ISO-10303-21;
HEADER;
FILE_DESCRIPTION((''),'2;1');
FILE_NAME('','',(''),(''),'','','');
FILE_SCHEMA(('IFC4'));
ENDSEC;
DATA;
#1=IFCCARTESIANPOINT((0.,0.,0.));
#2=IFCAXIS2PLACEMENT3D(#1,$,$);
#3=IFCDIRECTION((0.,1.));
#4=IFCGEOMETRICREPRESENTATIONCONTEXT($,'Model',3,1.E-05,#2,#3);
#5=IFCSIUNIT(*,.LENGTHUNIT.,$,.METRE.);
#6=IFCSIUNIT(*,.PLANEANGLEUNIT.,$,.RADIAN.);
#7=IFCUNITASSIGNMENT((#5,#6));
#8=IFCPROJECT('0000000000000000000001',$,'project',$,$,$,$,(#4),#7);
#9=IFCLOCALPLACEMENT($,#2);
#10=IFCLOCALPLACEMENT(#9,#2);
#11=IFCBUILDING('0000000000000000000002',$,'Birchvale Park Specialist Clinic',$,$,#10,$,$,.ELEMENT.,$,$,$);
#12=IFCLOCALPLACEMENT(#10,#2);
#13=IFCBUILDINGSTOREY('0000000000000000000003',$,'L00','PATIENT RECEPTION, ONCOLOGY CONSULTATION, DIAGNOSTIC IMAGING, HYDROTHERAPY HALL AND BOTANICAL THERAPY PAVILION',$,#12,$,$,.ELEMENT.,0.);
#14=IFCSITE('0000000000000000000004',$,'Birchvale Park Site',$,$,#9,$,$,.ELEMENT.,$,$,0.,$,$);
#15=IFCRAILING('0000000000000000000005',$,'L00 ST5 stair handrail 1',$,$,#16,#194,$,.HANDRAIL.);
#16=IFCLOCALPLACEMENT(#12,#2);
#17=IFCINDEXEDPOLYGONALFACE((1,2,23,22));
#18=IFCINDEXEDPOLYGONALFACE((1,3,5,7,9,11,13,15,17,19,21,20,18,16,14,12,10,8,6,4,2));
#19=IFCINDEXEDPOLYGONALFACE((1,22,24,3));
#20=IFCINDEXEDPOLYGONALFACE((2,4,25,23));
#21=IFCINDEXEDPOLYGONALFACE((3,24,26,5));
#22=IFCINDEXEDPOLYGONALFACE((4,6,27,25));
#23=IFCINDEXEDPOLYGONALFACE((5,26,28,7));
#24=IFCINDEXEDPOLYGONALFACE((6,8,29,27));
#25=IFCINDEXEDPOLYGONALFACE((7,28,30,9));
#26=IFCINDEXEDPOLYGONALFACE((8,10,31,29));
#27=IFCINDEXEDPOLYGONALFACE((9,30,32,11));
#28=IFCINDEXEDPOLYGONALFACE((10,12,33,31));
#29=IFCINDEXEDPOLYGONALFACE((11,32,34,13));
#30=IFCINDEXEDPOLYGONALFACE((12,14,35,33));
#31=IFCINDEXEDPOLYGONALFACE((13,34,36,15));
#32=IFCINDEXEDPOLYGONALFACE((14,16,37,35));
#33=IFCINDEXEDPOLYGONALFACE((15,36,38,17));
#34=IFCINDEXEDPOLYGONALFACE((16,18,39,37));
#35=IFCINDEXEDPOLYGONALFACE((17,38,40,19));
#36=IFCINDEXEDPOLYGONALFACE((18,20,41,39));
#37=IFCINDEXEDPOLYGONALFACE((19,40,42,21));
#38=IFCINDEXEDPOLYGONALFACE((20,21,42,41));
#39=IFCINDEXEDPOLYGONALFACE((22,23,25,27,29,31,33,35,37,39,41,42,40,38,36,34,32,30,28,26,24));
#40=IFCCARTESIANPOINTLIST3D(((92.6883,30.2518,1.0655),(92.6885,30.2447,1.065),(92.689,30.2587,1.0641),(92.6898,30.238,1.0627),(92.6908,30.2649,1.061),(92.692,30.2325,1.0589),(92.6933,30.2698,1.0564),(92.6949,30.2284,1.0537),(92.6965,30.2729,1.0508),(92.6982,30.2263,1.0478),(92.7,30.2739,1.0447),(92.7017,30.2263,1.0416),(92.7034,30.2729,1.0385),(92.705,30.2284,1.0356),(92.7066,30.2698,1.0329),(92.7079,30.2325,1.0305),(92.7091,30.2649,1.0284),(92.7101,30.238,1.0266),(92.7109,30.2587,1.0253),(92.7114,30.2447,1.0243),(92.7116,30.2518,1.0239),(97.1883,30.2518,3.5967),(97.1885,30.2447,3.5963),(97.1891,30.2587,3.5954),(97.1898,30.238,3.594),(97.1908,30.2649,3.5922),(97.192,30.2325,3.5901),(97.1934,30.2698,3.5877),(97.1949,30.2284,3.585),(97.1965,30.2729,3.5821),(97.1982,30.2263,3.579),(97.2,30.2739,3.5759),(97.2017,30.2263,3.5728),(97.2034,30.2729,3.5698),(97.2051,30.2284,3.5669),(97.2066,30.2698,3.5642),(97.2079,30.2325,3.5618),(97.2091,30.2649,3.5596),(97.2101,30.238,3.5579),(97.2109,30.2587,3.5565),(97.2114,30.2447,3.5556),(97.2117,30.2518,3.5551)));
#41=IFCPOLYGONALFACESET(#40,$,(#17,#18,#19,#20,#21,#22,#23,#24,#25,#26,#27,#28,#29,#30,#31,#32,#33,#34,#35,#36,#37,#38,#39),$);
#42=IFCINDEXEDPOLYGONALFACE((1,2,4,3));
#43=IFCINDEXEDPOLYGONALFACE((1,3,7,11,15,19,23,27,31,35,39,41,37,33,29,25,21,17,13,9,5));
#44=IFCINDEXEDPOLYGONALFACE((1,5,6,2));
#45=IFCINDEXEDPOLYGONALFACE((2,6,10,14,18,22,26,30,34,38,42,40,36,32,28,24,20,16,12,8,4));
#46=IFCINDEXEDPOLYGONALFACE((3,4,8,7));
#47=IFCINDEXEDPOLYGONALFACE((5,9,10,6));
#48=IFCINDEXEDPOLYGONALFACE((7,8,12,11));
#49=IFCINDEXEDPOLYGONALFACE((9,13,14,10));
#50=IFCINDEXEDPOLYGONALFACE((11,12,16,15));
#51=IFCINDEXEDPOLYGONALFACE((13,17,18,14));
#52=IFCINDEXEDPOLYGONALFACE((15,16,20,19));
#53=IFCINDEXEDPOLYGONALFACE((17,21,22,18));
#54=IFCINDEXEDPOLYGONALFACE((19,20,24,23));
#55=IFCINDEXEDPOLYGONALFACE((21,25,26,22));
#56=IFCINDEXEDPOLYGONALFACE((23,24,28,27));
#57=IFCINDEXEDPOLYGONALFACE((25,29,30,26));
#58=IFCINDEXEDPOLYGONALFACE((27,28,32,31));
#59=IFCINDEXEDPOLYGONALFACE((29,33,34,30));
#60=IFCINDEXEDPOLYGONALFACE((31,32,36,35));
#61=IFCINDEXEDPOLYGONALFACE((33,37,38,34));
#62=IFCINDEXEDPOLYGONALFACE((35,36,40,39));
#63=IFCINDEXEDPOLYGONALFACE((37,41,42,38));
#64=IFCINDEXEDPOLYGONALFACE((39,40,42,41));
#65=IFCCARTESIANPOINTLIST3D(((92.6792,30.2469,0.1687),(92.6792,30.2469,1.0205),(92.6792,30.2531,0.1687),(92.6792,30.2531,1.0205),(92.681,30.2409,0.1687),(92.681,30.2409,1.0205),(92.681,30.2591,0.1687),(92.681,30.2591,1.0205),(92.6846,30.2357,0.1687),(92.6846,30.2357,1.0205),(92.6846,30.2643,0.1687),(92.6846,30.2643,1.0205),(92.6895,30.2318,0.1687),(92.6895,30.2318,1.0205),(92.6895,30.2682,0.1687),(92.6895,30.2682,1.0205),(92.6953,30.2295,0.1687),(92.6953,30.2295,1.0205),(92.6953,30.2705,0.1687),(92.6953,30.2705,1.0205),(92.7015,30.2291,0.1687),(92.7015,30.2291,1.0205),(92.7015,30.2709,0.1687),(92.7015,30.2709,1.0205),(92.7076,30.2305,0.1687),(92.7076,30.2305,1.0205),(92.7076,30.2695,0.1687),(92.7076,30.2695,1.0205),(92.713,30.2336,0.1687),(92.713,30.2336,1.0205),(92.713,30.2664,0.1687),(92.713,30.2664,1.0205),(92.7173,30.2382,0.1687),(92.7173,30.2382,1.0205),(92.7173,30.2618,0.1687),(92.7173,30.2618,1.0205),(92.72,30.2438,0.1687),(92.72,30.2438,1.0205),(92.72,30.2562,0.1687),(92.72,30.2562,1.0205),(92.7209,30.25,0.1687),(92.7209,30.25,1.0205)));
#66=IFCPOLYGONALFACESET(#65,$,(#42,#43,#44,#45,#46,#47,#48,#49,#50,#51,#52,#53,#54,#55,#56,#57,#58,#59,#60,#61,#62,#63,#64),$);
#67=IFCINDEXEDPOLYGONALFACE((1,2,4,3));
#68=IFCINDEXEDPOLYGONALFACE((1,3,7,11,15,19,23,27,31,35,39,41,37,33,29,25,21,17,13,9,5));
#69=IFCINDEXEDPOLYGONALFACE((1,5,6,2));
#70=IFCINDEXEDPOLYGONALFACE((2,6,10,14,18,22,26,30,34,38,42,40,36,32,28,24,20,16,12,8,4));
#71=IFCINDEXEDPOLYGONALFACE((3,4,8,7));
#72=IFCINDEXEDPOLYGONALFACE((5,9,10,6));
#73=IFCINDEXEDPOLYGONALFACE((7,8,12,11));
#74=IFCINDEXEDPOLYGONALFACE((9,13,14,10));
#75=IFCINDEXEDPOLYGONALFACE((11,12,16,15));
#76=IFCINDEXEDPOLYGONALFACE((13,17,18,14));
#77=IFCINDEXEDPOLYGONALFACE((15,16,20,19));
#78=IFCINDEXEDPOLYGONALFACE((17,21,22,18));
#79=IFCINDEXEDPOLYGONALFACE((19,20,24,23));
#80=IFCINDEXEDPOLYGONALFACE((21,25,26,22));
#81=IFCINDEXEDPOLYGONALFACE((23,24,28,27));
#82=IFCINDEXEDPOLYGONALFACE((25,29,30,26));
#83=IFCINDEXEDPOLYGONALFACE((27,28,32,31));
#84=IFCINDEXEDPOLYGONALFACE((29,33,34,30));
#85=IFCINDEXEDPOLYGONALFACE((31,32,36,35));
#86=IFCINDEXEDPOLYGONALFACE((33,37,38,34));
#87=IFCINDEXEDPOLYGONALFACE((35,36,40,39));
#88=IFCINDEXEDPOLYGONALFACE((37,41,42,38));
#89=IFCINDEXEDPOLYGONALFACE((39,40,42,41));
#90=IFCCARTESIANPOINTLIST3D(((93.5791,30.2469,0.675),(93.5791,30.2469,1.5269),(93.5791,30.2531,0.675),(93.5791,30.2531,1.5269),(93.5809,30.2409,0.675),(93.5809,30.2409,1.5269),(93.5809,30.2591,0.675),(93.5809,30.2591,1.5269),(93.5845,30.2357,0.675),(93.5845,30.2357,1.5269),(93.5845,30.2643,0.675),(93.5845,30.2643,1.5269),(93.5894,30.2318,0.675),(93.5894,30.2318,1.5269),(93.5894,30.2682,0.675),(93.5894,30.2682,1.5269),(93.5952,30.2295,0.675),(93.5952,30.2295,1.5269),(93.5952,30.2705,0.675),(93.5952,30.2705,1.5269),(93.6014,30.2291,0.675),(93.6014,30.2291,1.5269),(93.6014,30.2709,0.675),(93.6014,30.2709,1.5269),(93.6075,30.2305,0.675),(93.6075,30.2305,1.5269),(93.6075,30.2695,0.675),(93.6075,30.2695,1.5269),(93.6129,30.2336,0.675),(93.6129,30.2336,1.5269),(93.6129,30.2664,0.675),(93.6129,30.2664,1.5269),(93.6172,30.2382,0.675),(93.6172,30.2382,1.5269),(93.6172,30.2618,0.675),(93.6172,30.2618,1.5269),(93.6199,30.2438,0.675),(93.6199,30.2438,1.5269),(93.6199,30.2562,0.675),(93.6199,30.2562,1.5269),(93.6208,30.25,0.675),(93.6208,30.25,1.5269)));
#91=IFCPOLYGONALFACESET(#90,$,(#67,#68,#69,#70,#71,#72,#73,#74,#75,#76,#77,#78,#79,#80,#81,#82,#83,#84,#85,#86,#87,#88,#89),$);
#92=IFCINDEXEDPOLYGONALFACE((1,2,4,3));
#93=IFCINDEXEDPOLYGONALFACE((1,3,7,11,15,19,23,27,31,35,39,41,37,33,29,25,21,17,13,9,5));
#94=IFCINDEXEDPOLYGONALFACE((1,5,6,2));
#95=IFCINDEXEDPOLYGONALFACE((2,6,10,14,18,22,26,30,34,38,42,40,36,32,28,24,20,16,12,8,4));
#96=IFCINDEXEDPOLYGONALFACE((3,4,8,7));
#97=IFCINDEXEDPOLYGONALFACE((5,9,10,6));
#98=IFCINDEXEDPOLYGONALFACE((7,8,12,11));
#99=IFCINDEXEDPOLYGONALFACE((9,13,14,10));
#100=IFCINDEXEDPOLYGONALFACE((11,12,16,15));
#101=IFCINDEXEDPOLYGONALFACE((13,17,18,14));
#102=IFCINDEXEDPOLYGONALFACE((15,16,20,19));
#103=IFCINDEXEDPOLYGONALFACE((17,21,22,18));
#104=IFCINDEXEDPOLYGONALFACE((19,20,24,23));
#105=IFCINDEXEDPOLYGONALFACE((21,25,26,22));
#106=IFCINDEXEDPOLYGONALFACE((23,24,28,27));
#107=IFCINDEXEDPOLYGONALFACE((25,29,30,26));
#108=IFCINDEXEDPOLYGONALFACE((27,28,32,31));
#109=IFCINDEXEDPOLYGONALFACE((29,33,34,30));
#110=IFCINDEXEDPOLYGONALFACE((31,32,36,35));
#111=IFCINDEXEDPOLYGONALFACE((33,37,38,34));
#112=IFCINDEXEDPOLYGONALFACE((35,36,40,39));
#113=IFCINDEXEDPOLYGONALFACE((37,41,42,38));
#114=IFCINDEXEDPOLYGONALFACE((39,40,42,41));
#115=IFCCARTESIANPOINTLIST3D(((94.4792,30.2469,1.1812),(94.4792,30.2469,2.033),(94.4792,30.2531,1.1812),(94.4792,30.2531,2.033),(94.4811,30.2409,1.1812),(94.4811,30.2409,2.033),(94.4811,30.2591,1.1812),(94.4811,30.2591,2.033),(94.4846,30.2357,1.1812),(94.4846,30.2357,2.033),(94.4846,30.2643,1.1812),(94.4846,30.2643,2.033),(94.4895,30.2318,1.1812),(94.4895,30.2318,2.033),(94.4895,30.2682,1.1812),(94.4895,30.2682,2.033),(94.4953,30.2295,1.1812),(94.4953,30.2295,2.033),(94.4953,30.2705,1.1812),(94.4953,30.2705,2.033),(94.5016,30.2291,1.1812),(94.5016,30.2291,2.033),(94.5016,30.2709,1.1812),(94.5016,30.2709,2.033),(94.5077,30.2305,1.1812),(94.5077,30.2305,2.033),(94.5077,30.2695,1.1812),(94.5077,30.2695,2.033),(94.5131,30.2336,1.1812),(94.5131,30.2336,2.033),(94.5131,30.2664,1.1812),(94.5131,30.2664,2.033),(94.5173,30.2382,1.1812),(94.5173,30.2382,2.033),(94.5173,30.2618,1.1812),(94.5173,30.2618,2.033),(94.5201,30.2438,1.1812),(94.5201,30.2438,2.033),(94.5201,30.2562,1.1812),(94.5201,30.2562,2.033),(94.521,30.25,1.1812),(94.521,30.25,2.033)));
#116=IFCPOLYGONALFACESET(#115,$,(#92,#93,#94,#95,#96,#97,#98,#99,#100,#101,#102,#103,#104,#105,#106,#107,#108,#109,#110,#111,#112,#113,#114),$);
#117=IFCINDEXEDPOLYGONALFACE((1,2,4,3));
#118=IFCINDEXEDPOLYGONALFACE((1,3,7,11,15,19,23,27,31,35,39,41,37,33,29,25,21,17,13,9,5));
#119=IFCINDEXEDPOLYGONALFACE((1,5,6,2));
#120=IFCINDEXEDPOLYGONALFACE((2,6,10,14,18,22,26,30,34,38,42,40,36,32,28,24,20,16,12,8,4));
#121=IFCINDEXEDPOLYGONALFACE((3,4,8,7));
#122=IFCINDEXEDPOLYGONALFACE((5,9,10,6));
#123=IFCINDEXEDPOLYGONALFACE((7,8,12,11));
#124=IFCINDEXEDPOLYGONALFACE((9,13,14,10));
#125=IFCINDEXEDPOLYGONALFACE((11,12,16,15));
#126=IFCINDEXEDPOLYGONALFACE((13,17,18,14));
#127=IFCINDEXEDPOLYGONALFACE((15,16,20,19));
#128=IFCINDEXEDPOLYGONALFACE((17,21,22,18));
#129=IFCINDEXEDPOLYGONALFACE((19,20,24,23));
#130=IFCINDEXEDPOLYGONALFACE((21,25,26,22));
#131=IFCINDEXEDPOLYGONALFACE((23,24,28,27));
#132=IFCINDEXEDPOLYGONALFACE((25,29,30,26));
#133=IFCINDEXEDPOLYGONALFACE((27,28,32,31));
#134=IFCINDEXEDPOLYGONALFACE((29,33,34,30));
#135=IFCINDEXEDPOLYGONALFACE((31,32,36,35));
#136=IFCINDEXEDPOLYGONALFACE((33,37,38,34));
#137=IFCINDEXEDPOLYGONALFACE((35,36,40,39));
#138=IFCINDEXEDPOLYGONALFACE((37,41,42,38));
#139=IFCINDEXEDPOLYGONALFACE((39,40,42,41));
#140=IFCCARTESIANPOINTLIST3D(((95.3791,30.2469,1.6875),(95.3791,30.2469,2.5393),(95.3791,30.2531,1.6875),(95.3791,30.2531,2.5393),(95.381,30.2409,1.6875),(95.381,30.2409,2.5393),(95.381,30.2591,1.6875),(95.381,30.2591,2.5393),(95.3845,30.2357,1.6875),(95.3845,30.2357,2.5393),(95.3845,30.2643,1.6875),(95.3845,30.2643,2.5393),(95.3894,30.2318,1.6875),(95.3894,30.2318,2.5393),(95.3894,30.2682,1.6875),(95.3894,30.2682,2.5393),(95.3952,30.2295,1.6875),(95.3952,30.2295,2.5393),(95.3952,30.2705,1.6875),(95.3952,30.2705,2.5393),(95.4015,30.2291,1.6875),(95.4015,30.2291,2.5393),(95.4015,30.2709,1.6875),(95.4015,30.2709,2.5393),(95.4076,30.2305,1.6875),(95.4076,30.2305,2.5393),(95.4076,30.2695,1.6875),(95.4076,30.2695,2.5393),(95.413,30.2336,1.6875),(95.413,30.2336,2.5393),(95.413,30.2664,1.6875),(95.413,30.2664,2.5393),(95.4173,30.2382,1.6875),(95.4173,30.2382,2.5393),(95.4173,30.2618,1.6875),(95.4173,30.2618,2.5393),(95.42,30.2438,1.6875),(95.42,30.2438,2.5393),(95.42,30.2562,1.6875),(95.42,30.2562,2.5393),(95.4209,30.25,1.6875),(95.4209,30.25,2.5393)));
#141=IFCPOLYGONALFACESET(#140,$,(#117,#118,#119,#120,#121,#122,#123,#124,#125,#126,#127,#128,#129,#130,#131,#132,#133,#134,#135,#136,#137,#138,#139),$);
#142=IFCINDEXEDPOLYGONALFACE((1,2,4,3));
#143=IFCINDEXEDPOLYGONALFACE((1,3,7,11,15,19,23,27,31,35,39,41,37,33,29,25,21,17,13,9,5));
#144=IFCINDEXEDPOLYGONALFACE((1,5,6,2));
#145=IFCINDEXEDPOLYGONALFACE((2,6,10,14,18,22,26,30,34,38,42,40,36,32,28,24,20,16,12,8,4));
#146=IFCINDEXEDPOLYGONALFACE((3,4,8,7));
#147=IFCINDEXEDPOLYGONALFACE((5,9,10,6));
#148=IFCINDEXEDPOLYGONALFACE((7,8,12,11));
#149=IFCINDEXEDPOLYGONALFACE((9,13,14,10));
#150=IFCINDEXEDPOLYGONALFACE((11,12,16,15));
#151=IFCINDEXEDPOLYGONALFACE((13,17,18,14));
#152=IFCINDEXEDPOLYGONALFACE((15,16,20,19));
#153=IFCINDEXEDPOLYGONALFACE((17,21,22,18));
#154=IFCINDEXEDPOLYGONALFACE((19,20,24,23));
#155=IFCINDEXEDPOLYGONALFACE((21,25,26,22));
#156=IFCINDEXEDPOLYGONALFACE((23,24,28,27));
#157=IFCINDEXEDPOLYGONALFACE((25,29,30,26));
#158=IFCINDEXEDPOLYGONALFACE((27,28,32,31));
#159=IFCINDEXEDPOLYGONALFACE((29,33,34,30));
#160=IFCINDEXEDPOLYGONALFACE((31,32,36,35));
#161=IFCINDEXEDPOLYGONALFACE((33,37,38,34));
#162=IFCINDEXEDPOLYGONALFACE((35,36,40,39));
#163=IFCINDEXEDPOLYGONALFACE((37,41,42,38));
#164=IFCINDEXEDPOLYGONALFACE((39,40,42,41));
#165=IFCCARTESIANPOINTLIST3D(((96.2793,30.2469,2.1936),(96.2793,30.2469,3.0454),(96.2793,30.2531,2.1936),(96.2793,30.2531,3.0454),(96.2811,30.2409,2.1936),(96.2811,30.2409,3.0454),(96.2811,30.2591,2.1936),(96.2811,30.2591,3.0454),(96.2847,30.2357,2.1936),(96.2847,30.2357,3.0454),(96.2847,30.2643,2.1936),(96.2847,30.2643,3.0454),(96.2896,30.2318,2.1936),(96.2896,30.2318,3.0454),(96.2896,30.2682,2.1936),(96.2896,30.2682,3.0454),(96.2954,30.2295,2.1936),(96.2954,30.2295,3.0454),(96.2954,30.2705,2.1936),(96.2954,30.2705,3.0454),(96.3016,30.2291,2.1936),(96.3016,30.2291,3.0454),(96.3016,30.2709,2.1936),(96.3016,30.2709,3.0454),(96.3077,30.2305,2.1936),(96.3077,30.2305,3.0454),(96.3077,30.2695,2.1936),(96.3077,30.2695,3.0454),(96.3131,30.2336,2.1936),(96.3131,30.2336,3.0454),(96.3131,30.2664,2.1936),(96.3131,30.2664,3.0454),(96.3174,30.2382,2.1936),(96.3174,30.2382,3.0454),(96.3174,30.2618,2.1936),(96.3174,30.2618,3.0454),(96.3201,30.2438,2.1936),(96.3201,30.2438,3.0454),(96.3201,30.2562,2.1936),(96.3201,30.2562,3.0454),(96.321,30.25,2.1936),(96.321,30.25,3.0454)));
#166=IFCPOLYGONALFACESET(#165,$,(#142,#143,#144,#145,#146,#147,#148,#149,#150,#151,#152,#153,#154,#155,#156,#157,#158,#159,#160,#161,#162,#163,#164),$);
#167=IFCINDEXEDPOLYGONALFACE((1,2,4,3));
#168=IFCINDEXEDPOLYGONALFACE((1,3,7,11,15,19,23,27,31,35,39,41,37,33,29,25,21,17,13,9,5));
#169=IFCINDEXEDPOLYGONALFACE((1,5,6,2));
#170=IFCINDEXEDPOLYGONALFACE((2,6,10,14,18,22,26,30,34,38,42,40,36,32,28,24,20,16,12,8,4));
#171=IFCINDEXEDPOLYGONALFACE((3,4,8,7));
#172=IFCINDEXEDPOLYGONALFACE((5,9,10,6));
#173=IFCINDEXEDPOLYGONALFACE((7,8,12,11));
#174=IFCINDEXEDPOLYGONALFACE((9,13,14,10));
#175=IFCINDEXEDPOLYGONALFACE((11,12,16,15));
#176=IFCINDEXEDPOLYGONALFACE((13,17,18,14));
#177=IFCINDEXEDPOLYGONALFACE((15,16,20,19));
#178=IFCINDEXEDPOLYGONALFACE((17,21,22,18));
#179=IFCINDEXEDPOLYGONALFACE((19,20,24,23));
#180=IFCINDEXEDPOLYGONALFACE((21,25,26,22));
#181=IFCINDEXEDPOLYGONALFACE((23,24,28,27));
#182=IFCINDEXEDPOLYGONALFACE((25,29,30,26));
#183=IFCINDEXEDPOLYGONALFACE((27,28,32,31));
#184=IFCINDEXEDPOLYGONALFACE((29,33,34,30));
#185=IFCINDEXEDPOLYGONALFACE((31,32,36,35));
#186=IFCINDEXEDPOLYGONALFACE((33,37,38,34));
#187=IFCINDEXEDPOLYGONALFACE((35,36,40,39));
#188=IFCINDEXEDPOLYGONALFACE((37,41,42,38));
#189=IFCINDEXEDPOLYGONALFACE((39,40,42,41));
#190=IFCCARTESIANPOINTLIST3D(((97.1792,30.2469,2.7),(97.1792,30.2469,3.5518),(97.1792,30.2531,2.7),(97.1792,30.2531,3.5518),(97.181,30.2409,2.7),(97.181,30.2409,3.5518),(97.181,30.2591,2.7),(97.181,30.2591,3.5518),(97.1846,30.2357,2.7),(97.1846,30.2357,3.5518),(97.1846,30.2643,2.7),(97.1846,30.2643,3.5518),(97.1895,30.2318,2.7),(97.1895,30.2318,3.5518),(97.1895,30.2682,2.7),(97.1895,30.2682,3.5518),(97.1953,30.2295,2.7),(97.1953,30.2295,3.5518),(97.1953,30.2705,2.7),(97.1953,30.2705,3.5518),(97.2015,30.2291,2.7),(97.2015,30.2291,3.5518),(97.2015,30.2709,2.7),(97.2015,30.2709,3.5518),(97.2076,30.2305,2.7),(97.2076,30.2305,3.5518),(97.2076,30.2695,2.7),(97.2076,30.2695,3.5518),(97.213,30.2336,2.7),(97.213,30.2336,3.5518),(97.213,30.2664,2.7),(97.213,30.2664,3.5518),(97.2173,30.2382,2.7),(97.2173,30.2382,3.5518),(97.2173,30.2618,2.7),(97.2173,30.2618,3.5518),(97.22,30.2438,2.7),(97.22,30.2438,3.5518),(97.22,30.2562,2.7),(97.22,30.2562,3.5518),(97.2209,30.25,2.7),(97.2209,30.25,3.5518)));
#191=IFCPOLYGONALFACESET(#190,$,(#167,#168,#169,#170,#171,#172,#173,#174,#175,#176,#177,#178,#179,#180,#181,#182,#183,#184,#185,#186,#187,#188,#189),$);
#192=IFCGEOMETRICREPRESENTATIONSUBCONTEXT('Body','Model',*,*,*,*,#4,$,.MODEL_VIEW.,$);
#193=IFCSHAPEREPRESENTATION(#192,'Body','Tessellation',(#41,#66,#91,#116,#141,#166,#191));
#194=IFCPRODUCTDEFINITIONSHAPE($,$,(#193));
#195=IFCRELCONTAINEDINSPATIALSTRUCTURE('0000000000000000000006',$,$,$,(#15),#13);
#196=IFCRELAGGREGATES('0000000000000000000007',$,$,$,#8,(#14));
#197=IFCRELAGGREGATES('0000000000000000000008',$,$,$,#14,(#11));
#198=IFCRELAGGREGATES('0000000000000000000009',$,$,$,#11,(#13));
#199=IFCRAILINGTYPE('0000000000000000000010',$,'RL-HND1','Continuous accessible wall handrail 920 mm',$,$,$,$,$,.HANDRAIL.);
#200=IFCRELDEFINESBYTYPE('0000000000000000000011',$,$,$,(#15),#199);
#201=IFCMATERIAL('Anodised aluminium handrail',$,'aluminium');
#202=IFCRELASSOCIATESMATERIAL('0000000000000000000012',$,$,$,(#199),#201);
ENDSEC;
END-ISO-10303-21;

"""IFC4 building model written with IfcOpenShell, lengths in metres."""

from ifc_helpers import new_model, si_unit, direction, frame, origin, origin_2d, place, context, subcontext, project, spatial, circle, extrude, material, type_object, element, save


model = new_model("IFC4")

# Units and contexts
model_context = context("Model", 3, precision=1e-05, world=origin(), true_north=direction((0.0, 1.0)))
body_context = subcontext(model_context, "Body", "Model", "MODEL_VIEW")
ifc_project = project(units=[si_unit("LENGTHUNIT", "METRE"), si_unit("PLANEANGLEUNIT", "RADIAN")], contexts=[model_context])

# Site, building, storey
site_placement = place(None, origin())
site = spatial("IfcSite", under=ifc_project, at=site_placement, Name="Birchvale Park Site", CompositionType="ELEMENT", RefElevation=0.0)
building_placement = place(site_placement, origin())
building = spatial("IfcBuilding", under=site, at=building_placement, Name="Birchvale Park Specialist Clinic", CompositionType="ELEMENT")
storey_placement = place(building_placement, origin())
storey = spatial("IfcBuildingStorey", under=building, at=storey_placement, Name="L00", Description="PATIENT RECEPTION, ONCOLOGY CONSULTATION, DIAGNOSTIC IMAGING, HYDROTHERAPY HALL AND BOTANICAL THERAPY PAVILION", CompositionType="ELEMENT", Elevation=0.0)

# Railing
ifc_material_1 = material(Name="Anodised aluminium handrail", Category="aluminium")
railing_type_1 = type_object("IfcRailingType", Name="RL-HND1", Description="Continuous accessible wall handrail 920 mm", PredefinedType="HANDRAIL", material=ifc_material_1)
railing_1_placement = place(storey_placement, frame((92.7, 30.25, 0.1687)))
element("IfcRailing", 1, at=railing_1_placement, inside=storey, type_object=railing_type_1, Name="L00 ST5 stair handrail 1", PredefinedType="HANDRAIL", context=body_context, shape_type="SweptSolid", body=[
    extrude(circle(Radius=0.0239, at=origin_2d()), frame((0.0, 0.0, 0.876), z_axis=(0.871576, 0.0, 0.490261), x_axis=(0.0, 1.0, 0.0)), (0.0, 0.0, 1.0), 5.1631),
    extrude(circle(Radius=0.021, at=origin_2d()), origin(), (0.0, 0.0, 1.0), 0.8518),
    extrude(circle(Radius=0.021, at=origin_2d()), frame((0.8999, 0.0, 0.5063)), (0.0, 0.0, 1.0), 0.8518),
    extrude(circle(Radius=0.021, at=origin_2d()), frame((1.8, 0.0, 1.0125)), (0.0, 0.0, 1.0), 0.8518),
    extrude(circle(Radius=0.021, at=origin_2d()), frame((2.7, 0.0, 1.5188)), (0.0, 0.0, 1.0), 0.8518),
    extrude(circle(Radius=0.021, at=origin_2d()), frame((3.6001, 0.0, 2.0249)), (0.0, 0.0, 1.0), 0.8518),
    extrude(circle(Radius=0.021, at=origin_2d()), frame((4.5, 0.0, 2.5312)), (0.0, 0.0, 1.0), 0.8518),
])

save(model, "model.ifc")
